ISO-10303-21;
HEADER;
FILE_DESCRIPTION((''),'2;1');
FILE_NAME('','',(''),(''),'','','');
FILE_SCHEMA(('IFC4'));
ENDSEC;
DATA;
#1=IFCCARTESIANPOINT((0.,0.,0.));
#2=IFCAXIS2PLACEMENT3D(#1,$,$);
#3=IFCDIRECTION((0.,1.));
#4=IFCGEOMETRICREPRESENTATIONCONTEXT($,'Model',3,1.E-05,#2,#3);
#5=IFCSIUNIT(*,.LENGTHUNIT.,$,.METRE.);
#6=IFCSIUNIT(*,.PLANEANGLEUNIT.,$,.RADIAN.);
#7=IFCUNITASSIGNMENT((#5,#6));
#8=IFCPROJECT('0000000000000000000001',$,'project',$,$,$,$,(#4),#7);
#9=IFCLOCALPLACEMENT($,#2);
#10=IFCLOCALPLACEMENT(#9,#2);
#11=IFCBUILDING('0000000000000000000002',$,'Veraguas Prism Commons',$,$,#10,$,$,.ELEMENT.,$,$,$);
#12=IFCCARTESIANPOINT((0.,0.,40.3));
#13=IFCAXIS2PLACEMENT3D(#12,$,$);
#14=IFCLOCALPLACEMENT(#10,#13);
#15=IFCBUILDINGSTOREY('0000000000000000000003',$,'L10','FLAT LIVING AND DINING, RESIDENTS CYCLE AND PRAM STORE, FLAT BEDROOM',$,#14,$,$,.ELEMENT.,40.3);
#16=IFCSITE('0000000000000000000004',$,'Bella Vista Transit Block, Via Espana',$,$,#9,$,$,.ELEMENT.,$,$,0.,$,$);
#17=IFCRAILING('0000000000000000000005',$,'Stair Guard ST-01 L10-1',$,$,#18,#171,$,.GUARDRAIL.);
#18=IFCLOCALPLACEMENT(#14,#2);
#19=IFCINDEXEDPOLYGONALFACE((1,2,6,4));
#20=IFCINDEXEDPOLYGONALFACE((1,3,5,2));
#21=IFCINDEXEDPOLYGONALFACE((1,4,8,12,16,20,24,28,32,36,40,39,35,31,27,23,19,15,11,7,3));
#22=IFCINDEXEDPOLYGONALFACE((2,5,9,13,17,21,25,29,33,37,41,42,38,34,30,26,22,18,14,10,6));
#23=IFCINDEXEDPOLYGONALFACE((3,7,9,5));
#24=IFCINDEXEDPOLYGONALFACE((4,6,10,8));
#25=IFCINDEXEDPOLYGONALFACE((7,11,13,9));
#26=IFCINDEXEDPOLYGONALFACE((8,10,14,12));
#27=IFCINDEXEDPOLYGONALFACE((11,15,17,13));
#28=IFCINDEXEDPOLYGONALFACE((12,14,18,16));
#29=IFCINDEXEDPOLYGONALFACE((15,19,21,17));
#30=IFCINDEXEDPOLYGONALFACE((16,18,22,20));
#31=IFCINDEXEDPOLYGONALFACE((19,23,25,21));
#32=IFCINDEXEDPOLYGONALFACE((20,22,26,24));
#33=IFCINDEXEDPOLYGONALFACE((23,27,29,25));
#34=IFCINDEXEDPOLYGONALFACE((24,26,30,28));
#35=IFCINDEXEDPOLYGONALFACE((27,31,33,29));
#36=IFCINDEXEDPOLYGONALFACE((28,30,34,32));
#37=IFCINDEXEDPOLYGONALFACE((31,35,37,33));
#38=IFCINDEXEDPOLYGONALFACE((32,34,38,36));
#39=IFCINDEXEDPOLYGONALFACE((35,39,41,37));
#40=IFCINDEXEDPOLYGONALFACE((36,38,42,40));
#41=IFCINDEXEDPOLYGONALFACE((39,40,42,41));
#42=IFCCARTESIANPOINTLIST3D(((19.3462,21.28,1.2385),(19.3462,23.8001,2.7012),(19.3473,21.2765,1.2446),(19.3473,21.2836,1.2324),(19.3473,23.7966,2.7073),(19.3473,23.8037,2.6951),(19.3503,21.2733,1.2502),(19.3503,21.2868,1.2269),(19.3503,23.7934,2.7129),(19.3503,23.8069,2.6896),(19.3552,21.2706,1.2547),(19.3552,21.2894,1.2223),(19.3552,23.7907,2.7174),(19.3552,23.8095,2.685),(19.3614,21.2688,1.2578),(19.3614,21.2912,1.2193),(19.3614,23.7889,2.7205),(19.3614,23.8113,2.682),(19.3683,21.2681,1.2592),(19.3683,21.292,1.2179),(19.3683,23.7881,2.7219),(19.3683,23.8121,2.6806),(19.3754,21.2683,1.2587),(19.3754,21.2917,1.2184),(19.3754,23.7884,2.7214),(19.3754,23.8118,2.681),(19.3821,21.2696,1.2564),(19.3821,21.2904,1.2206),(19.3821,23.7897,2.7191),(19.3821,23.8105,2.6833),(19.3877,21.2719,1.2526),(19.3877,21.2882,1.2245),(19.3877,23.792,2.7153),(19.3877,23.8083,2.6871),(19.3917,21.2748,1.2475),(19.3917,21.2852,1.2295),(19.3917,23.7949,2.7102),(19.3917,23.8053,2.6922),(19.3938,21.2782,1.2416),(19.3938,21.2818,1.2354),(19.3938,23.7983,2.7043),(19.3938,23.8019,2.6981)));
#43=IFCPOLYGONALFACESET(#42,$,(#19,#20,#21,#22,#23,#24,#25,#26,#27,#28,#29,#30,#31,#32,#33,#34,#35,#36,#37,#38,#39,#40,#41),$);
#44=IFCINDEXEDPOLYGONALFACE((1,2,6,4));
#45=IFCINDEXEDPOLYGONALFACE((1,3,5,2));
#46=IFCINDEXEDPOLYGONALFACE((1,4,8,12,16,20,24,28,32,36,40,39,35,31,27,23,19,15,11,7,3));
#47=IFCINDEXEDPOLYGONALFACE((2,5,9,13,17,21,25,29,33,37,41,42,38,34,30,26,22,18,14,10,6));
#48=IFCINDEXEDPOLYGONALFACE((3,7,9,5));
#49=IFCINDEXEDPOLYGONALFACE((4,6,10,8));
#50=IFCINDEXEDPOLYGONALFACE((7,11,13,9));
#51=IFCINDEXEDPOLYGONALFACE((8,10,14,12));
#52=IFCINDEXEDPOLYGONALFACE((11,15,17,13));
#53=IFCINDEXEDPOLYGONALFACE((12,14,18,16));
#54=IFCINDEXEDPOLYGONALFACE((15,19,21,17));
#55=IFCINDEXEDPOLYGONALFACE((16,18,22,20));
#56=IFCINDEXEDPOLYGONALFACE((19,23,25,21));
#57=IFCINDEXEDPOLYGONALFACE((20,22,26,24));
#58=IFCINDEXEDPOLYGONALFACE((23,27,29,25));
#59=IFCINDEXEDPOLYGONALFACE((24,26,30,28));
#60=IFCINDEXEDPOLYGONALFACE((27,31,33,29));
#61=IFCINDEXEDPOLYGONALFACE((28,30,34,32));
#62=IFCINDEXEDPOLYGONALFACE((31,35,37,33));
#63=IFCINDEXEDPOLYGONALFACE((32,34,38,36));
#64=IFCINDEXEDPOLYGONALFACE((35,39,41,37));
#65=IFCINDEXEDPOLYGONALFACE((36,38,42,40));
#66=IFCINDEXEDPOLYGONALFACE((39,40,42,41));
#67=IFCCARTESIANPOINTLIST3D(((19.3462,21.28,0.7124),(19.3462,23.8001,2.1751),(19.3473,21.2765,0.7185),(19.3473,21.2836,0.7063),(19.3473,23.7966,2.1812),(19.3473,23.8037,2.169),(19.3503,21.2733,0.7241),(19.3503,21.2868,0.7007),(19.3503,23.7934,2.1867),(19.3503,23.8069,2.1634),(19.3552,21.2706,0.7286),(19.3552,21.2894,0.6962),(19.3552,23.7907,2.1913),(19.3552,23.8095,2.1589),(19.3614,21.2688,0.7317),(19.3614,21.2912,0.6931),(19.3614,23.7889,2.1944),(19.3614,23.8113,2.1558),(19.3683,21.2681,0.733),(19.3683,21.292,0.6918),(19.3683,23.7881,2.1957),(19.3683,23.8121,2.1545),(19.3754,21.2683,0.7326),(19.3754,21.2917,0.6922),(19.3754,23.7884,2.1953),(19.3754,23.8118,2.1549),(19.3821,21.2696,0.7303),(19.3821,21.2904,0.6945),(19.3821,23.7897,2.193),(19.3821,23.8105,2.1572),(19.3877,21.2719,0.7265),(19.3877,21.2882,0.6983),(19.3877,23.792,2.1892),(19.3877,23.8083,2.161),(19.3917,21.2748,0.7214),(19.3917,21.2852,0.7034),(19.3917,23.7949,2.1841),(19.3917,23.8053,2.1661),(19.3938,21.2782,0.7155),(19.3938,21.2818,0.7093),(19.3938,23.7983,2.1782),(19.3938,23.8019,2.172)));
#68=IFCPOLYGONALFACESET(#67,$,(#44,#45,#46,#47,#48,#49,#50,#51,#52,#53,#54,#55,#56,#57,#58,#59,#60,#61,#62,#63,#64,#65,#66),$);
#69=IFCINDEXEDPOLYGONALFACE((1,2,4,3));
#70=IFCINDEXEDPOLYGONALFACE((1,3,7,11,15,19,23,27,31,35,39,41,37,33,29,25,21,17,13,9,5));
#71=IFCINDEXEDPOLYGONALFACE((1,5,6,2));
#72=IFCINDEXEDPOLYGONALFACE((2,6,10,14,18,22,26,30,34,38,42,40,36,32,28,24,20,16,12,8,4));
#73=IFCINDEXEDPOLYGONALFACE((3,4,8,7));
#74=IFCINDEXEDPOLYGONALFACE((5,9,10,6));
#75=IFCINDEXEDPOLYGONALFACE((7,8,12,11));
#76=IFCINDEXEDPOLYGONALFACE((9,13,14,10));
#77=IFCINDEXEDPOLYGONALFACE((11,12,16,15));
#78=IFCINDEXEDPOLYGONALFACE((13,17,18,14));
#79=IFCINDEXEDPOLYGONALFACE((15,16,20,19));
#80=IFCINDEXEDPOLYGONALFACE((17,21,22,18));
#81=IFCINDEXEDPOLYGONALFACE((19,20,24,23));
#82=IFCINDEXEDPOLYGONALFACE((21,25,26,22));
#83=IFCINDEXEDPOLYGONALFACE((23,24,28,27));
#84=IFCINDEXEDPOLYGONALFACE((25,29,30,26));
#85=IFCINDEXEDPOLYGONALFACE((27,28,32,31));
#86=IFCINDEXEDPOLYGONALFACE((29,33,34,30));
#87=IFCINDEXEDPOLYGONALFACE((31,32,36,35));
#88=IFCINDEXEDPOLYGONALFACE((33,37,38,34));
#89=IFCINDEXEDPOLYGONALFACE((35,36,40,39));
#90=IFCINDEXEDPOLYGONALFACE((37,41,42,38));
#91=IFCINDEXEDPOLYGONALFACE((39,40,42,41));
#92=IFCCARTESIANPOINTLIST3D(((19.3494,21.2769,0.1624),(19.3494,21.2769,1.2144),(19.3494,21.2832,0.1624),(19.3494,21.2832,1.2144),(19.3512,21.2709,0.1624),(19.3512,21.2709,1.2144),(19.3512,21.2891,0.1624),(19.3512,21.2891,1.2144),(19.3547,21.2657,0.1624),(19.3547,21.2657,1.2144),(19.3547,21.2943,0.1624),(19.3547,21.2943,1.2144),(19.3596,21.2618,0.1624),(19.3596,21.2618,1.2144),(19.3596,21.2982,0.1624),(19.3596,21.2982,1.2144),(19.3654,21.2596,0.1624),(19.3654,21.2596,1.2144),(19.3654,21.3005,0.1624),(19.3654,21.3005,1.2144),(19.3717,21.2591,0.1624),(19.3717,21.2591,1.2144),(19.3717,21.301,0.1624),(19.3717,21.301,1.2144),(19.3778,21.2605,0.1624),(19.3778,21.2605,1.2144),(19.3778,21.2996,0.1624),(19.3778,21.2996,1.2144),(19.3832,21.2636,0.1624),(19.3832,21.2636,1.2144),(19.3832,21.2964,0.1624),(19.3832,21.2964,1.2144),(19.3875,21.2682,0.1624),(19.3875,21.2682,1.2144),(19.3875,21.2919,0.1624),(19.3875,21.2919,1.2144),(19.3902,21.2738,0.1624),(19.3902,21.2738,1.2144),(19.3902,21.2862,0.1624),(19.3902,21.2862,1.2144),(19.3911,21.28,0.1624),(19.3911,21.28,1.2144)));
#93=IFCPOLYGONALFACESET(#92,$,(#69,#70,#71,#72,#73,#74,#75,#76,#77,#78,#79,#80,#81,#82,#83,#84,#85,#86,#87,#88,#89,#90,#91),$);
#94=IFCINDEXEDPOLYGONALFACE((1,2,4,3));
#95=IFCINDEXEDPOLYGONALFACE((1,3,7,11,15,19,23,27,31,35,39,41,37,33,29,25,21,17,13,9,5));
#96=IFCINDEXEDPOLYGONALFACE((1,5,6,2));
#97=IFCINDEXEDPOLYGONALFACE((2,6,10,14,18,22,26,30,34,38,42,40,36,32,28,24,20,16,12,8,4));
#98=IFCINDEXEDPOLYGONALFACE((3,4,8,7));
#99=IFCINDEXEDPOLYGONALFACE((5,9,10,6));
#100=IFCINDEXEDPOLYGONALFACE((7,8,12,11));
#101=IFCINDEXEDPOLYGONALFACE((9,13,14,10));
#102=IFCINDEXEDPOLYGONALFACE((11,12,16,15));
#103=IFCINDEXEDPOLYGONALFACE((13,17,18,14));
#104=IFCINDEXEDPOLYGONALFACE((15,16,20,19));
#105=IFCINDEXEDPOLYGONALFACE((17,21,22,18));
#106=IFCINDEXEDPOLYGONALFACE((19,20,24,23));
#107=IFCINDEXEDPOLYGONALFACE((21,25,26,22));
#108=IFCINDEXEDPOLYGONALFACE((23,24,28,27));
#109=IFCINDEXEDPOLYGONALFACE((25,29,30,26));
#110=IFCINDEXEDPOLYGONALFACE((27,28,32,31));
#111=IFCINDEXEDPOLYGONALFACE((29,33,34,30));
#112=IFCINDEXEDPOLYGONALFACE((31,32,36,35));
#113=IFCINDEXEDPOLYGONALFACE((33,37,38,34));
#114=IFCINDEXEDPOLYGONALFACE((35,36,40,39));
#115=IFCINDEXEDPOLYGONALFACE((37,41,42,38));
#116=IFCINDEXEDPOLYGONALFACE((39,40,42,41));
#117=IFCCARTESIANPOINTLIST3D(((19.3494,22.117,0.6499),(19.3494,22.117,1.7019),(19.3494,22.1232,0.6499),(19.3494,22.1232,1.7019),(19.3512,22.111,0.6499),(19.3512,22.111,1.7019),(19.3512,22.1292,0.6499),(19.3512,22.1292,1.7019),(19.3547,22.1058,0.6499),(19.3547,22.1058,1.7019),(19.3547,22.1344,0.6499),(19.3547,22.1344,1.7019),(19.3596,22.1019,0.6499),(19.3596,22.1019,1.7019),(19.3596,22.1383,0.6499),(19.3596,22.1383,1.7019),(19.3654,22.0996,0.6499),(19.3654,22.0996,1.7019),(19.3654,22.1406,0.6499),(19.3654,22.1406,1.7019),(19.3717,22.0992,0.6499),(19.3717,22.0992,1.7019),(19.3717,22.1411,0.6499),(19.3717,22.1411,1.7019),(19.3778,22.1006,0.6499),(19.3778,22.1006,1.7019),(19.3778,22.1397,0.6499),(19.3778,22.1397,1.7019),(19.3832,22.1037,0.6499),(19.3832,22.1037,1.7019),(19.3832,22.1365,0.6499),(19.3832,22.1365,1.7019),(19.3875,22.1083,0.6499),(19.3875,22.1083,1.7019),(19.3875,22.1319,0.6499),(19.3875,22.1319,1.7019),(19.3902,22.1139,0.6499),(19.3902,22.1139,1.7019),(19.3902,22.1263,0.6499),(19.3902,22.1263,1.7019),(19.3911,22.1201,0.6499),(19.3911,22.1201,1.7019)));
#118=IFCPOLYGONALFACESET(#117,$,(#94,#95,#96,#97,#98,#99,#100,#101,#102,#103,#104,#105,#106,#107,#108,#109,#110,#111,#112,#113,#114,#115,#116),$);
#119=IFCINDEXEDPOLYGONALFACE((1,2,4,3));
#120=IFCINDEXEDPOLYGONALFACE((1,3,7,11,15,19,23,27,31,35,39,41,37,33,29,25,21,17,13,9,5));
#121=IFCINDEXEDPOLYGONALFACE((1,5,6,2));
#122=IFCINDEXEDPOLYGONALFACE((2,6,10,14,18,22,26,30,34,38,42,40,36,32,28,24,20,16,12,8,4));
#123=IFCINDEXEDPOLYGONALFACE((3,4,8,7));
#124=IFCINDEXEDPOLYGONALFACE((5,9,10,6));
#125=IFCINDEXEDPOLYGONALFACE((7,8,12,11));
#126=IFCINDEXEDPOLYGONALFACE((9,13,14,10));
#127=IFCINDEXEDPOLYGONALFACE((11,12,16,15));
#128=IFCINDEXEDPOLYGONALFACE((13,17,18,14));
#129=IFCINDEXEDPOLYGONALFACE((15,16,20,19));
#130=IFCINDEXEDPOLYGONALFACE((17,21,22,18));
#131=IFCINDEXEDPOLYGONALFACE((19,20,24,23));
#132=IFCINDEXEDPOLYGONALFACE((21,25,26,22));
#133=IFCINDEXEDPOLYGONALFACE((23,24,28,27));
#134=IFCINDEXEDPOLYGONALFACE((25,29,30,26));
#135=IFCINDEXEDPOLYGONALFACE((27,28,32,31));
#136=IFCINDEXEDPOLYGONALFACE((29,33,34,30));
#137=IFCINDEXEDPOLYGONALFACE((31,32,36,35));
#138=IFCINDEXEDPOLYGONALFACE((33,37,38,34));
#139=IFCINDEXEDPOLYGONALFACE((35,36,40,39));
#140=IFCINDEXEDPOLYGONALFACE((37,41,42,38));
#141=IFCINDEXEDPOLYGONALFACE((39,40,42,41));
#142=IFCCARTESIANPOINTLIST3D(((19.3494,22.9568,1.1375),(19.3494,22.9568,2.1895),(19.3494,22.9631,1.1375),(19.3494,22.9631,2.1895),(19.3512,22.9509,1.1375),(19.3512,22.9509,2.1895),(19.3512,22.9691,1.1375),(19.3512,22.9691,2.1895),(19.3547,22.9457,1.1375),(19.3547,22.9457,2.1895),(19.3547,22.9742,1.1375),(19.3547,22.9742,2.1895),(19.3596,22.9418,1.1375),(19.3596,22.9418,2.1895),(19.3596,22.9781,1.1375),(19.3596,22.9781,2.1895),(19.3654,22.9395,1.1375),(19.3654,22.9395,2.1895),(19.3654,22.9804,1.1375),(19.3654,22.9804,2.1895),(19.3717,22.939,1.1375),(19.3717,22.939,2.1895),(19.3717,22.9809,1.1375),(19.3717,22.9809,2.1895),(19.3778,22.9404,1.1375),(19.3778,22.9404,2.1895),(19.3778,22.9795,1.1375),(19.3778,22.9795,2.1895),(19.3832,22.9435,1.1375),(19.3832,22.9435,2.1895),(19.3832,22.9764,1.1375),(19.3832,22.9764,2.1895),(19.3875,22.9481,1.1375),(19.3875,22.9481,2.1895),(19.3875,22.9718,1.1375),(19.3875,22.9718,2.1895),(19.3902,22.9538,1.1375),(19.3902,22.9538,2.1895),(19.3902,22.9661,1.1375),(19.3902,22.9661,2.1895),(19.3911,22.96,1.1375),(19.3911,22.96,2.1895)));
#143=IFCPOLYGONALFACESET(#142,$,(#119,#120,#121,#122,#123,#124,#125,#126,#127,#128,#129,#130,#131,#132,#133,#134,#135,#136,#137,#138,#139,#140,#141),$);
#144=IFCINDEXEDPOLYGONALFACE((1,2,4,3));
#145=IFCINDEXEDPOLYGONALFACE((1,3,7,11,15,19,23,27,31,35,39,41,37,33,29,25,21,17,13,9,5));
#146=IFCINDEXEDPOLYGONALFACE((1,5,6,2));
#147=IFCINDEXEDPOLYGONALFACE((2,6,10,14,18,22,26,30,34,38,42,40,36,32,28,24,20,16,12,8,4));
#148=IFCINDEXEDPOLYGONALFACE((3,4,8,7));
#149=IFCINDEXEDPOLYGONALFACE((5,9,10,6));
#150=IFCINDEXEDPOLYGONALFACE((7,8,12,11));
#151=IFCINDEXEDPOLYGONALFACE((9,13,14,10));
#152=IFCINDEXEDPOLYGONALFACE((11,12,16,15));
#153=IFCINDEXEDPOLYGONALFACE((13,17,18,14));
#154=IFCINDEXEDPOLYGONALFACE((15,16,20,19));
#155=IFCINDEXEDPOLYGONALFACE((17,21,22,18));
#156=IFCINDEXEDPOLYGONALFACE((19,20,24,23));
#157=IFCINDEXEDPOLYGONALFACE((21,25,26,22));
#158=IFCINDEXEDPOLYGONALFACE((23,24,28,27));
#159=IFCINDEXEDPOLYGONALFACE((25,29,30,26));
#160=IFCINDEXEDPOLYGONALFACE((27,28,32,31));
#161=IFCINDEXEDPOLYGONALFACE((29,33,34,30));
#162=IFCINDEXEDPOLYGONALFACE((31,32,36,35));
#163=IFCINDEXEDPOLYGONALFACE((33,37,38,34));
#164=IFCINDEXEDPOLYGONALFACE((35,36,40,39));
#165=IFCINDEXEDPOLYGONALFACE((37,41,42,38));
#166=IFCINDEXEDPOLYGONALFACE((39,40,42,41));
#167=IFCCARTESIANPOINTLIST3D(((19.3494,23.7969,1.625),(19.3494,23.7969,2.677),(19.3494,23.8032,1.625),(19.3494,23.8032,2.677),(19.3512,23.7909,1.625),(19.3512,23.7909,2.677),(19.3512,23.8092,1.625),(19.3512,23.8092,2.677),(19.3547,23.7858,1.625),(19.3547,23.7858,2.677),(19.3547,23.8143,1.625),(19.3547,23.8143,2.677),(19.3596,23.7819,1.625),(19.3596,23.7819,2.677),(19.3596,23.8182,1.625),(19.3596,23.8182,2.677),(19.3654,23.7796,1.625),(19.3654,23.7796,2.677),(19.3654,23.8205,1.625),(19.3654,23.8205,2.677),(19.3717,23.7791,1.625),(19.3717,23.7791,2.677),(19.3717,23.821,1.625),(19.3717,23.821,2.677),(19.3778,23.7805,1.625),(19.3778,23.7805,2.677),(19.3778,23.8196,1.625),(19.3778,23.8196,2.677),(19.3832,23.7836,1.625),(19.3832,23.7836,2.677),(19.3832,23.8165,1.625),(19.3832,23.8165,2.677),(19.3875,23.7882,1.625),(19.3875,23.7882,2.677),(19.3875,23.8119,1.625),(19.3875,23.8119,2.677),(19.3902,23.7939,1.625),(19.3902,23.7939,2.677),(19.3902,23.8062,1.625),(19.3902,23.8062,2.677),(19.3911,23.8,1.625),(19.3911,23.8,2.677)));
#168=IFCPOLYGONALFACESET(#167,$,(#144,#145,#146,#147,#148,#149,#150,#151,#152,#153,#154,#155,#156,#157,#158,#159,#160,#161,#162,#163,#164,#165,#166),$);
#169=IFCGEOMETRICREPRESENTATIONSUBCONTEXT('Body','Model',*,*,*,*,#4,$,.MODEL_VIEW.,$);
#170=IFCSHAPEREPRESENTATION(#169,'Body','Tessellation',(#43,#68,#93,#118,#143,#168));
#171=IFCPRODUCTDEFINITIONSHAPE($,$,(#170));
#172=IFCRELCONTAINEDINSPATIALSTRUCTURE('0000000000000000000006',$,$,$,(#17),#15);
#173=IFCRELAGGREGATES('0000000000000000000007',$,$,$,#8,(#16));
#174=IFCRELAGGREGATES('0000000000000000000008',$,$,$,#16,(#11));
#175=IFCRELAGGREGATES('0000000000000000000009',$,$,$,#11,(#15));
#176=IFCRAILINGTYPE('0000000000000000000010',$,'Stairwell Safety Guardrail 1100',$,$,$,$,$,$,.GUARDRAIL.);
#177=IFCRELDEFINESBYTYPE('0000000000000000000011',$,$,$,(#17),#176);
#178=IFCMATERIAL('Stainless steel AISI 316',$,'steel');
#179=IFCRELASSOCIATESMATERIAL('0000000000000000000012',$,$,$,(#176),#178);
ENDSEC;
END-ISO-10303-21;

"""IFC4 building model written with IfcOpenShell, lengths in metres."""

from ifc_helpers import new_model, si_unit, direction, frame, origin, origin_2d, place, context, subcontext, project, spatial, circle, extrude, material, type_object, element, save


model = new_model("IFC4")

# Units and contexts
model_context = context("Model", 3, precision=1e-05, world=origin(), true_north=direction((0.0, 1.0)))
body_context = subcontext(model_context, "Body", "Model", "MODEL_VIEW")
ifc_project = project(units=[si_unit("LENGTHUNIT", "METRE"), si_unit("PLANEANGLEUNIT", "RADIAN")], contexts=[model_context])

# Site, building, storey
site_placement = place(None, origin())
site = spatial("IfcSite", under=ifc_project, at=site_placement, Name="Bella Vista Transit Block, Via Espana", CompositionType="ELEMENT", RefElevation=0.0)
building_placement = place(site_placement, origin())
building = spatial("IfcBuilding", under=site, at=building_placement, Name="Veraguas Prism Commons", CompositionType="ELEMENT")
storey_placement = place(building_placement, frame((0.0, 0.0, 40.3)))
storey = spatial("IfcBuildingStorey", under=building, at=storey_placement, Name="L10", Description="FLAT LIVING AND DINING, RESIDENTS CYCLE AND PRAM STORE, FLAT BEDROOM", CompositionType="ELEMENT", Elevation=40.3)

# Railing
ifc_material_1 = material(Name="Stainless steel AISI 316", Category="steel")
railing_type_1 = type_object("IfcRailingType", Name="Stairwell Safety Guardrail 1100", PredefinedType="GUARDRAIL", material=ifc_material_1)
railing_1_placement = place(storey_placement, frame((19.3701, 21.28, 0.1624)))
element("IfcRailing", 1, at=railing_1_placement, inside=storey, type_object=railing_type_1, Name="Stair Guard ST-01 L10-1", PredefinedType="GUARDRAIL", context=body_context, shape_type="SweptSolid", body=[
    extrude(circle(Radius=0.0239, at=origin_2d()), frame((0.0, 0.0, 1.0762), z_axis=(0.0, 0.864877, 0.501984), x_axis=(-1.0, 0.0, 0.0)), (0.0, 0.0, 1.0), 2.9138),
    extrude(circle(Radius=0.0239, at=origin_2d()), frame((0.0, 0.0, 0.55), z_axis=(0.0, 0.864877, 0.501984), x_axis=(-1.0, 0.0, 0.0)), (0.0, 0.0, 1.0), 2.9138),
    extrude(circle(Radius=0.021, at=origin_2d()), origin(), (0.0, 0.0, 1.0), 1.052),
    extrude(circle(Radius=0.021, at=origin_2d()), frame((0.0, 0.8401, 0.4875)), (0.0, 0.0, 1.0), 1.052),
    extrude(circle(Radius=0.021, at=origin_2d()), frame((0.0, 1.6799, 0.9751)), (0.0, 0.0, 1.0), 1.052),
    extrude(circle(Radius=0.021, at=origin_2d()), frame((0.0, 2.52, 1.4626)), (0.0, 0.0, 1.0), 1.052),
])

save(model, "model.ifc")
